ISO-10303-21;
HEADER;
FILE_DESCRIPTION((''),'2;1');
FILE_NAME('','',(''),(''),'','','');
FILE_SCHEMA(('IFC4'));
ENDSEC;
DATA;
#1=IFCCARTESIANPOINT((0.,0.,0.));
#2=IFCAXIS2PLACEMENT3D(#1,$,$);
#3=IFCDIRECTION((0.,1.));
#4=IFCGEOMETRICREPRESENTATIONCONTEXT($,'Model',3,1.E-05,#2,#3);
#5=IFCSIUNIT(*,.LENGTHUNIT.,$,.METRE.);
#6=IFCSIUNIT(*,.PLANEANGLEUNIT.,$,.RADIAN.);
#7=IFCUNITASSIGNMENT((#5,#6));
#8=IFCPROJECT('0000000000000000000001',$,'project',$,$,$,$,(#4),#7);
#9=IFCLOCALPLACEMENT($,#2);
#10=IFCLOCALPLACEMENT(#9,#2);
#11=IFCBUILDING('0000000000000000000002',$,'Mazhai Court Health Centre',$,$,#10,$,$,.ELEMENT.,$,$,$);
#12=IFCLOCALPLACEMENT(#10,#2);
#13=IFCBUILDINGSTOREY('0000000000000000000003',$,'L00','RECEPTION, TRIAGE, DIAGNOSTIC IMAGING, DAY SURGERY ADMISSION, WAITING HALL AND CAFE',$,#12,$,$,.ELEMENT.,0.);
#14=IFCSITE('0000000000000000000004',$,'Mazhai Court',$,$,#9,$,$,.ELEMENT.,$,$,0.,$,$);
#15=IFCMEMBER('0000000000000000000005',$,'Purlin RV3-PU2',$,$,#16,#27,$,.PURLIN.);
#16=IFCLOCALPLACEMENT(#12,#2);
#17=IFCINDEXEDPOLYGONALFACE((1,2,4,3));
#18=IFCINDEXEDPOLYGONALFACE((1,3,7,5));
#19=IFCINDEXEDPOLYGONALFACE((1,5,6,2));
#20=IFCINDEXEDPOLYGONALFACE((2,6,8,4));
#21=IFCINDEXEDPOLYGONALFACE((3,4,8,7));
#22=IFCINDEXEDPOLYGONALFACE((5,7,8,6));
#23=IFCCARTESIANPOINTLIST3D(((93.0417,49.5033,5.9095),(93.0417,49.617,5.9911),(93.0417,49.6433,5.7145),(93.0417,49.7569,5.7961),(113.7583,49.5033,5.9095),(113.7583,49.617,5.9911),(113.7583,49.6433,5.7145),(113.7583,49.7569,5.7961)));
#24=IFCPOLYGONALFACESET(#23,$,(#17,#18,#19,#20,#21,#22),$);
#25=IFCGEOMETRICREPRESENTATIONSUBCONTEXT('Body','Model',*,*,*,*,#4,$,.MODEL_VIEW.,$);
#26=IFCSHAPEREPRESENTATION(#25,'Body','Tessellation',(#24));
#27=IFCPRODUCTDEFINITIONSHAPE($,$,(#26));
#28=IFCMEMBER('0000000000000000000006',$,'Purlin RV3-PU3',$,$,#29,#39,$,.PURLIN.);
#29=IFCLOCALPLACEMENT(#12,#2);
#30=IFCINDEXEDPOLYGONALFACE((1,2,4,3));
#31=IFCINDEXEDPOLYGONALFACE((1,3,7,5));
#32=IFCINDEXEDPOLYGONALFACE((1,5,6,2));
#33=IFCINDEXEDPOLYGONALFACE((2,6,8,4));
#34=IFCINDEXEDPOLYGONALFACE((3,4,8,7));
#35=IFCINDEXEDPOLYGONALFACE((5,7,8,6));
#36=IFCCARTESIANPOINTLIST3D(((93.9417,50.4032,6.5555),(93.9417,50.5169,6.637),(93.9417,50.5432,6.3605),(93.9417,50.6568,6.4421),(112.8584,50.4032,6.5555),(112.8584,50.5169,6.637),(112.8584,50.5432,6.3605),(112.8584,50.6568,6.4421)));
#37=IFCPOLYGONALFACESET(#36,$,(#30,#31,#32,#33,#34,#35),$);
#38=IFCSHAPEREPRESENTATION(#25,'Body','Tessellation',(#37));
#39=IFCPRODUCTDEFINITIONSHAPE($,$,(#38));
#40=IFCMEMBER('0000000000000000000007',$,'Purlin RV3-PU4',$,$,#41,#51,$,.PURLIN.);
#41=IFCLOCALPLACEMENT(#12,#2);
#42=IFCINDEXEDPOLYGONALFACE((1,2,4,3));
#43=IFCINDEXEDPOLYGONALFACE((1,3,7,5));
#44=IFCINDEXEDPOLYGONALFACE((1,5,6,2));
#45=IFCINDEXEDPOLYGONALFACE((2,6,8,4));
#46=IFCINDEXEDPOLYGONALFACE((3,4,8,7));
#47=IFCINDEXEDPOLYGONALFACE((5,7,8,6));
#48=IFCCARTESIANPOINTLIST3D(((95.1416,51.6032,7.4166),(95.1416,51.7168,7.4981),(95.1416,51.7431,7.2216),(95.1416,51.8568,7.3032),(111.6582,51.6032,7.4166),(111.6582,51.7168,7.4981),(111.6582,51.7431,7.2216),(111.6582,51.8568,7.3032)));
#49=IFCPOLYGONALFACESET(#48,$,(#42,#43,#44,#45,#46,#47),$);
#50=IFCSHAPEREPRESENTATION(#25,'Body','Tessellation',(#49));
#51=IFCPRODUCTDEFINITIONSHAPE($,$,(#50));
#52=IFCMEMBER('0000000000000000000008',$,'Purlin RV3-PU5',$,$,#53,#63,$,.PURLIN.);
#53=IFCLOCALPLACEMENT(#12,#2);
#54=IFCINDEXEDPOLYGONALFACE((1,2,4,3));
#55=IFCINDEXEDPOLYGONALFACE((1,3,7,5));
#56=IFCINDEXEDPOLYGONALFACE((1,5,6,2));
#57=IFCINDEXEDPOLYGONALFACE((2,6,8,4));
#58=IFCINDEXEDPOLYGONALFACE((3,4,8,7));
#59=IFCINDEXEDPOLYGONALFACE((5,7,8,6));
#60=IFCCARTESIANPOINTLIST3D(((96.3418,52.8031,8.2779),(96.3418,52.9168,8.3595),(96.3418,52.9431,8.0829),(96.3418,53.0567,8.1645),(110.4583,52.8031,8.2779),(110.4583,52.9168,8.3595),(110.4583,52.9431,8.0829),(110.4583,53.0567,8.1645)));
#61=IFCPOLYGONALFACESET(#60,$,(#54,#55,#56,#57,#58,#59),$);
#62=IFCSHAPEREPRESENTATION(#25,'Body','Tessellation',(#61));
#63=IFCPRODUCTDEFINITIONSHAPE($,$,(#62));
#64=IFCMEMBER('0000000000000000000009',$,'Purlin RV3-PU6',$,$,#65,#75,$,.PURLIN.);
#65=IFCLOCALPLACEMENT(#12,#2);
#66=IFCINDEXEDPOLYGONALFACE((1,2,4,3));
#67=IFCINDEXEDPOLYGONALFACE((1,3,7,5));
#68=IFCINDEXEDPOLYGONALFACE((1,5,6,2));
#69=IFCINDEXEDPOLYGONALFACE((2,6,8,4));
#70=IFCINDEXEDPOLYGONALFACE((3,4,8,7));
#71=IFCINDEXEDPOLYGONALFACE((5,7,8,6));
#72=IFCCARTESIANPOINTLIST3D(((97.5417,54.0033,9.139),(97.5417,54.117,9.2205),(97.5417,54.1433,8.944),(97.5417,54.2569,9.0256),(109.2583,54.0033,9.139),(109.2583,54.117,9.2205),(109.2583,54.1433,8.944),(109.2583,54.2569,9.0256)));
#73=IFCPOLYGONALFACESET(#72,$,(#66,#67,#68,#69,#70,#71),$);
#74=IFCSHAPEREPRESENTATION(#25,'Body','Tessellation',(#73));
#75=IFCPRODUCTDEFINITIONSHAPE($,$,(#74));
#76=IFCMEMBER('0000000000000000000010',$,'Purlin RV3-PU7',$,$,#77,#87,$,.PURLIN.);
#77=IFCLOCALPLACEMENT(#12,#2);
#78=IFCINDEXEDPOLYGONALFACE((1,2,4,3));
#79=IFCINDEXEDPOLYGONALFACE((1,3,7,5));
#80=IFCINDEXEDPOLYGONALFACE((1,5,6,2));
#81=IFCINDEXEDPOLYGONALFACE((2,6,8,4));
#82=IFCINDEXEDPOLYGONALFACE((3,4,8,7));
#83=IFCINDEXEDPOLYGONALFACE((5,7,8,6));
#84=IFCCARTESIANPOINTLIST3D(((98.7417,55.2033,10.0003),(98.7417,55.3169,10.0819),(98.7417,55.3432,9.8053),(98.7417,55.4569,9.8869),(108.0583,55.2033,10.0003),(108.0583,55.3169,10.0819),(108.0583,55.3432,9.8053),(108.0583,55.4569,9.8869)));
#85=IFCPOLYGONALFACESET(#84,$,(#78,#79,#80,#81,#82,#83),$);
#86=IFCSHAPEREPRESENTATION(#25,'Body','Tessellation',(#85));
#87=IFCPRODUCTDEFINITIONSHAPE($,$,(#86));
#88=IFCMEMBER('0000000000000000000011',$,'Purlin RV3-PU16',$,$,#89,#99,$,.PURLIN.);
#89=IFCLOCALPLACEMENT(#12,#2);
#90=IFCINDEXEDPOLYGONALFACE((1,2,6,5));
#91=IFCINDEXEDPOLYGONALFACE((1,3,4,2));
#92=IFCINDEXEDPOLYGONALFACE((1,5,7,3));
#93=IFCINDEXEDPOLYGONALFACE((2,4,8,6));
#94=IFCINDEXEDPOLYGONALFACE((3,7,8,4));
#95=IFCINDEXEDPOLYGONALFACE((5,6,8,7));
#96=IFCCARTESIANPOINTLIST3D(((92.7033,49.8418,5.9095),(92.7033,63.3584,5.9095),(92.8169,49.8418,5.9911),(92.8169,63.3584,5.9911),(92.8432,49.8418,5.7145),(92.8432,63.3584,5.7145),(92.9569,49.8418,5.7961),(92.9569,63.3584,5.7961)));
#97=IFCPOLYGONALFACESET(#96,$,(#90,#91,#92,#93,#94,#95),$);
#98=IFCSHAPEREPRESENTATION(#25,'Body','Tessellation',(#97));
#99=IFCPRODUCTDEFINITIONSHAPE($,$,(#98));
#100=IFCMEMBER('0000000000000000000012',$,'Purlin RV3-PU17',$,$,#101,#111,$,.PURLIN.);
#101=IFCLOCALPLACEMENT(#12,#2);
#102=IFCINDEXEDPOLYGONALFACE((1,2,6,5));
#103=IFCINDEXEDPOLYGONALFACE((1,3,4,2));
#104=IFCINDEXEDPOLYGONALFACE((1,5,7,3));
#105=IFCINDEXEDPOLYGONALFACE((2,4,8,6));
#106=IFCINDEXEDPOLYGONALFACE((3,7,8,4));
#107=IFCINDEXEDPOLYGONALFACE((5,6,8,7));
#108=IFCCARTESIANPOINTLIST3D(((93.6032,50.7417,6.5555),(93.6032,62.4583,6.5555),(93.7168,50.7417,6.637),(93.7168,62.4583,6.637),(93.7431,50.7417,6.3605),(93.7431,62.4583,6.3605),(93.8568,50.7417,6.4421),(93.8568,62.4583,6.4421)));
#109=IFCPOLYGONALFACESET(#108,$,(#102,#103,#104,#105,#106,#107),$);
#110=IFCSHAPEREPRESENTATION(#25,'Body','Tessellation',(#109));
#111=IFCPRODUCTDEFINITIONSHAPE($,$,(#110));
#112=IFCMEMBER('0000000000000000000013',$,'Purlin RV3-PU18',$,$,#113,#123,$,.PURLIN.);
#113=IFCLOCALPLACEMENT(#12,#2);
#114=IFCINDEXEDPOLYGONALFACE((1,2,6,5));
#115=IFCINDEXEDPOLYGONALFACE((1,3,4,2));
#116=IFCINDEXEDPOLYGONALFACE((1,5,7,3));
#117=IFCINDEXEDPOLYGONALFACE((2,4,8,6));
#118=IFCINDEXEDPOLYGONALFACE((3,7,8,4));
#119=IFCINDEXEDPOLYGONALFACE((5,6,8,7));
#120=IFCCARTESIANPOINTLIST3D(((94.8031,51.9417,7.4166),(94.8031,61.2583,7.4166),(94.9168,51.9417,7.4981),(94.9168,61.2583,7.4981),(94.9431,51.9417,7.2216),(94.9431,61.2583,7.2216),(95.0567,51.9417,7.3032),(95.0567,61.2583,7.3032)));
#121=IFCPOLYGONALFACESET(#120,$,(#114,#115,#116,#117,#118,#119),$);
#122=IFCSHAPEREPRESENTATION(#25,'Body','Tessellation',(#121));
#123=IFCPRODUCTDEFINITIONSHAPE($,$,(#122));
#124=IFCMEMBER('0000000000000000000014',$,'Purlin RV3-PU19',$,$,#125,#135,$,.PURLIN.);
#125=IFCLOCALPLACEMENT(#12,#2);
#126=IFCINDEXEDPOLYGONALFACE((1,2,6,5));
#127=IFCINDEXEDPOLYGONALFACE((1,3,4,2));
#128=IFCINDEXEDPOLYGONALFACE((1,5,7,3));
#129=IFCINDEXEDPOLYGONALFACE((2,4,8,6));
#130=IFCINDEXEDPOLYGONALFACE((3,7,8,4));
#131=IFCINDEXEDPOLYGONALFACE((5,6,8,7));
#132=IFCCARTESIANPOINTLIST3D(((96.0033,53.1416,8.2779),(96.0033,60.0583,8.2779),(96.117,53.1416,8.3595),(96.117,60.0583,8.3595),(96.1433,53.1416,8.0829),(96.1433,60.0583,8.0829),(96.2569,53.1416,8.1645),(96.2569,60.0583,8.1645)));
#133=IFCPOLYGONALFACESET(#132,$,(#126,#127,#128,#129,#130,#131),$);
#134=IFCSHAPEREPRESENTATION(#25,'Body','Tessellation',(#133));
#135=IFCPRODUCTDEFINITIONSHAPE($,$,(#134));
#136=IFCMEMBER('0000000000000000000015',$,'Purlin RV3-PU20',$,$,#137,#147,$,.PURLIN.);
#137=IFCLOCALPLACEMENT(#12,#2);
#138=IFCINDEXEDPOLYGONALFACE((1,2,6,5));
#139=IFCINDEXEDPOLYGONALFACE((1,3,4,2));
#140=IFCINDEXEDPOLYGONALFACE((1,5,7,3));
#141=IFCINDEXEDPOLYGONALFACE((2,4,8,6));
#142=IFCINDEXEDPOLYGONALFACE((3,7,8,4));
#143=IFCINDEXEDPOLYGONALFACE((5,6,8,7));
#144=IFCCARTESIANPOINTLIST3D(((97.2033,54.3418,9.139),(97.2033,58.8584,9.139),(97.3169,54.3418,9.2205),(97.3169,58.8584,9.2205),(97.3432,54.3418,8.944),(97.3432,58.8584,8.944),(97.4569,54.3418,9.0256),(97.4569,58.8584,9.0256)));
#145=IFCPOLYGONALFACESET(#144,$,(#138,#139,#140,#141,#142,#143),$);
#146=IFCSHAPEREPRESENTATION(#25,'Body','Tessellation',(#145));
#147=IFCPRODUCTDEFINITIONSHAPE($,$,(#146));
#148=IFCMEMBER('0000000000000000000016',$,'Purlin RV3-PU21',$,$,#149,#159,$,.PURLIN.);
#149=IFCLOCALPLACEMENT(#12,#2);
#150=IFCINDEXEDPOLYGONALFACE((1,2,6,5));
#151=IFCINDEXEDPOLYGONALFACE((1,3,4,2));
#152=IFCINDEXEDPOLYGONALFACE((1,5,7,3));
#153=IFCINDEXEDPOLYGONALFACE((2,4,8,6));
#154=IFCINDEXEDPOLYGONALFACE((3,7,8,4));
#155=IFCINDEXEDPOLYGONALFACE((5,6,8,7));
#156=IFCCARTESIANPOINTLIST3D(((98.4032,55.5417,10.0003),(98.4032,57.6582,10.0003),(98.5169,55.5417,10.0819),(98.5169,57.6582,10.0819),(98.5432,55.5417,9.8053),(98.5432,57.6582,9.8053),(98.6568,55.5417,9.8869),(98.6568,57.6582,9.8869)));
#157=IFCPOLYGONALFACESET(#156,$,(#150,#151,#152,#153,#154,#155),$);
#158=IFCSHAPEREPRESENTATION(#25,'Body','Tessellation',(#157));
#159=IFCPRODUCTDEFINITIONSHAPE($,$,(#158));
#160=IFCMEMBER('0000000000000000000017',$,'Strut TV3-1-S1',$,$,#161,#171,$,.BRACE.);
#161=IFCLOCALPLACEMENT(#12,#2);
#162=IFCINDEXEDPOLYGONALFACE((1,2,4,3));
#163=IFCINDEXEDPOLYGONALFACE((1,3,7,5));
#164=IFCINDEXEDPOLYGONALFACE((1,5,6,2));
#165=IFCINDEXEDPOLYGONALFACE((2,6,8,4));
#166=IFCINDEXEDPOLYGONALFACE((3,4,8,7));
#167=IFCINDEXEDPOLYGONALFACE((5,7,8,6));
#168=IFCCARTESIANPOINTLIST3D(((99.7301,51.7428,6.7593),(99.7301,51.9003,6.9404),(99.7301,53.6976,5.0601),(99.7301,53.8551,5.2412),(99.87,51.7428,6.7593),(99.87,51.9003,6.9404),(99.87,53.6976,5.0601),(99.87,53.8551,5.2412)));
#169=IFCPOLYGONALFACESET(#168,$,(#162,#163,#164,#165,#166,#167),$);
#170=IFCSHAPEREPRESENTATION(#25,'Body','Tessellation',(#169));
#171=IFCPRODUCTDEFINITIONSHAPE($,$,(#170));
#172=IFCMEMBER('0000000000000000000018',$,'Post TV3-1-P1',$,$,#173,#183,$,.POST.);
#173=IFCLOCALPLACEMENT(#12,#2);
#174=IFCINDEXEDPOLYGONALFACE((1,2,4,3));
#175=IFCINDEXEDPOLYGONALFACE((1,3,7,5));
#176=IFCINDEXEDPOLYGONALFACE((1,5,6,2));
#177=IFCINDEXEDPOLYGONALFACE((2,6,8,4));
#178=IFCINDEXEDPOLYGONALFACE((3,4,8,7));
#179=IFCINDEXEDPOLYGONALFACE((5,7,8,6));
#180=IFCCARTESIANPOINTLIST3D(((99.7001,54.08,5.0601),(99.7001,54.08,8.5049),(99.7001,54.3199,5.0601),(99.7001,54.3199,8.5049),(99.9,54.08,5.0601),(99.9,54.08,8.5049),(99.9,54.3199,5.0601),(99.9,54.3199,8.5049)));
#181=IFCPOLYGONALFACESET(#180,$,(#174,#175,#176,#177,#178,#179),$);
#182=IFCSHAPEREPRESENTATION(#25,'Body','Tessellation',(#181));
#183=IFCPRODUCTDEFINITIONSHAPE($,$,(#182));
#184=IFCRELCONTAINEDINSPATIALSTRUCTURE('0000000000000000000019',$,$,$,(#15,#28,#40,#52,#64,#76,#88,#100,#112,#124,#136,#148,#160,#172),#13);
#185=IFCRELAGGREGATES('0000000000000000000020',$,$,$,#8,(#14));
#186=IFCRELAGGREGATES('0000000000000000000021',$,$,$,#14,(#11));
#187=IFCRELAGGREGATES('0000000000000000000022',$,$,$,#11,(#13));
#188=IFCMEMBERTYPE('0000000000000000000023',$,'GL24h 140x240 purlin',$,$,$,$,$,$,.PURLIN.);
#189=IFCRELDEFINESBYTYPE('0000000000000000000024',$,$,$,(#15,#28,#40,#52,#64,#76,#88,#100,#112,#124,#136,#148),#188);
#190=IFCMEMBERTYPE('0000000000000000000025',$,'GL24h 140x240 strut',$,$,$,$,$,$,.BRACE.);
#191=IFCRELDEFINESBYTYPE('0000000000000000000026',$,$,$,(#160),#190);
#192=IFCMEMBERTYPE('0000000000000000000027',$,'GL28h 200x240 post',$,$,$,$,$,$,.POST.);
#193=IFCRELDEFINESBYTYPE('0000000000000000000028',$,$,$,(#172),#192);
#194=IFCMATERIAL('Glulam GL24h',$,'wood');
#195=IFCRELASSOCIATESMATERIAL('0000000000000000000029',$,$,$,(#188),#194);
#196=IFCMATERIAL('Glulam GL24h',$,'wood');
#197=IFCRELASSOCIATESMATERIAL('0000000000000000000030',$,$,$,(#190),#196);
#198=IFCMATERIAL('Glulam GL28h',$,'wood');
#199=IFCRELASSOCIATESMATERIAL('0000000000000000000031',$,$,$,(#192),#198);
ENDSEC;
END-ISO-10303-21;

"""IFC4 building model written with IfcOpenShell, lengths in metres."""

from ifc_helpers import new_model, si_unit, direction, frame, origin, origin_2d, place, context, subcontext, project, spatial, rectangle, extrude, material, material_profile, profile_set, type_object, element, save


model = new_model("IFC4")

# Units and contexts
model_context = context("Model", 3, precision=1e-05, world=origin(), true_north=direction((0.0, 1.0)))
body_context = subcontext(model_context, "Body", "Model", "MODEL_VIEW")
ifc_project = project(units=[si_unit("LENGTHUNIT", "METRE"), si_unit("PLANEANGLEUNIT", "RADIAN")], contexts=[model_context])

# Site, building, storey
site_placement = place(None, origin())
site = spatial("IfcSite", under=ifc_project, at=site_placement, Name="Mazhai Court", CompositionType="ELEMENT", RefElevation=0.0)
building_placement = place(site_placement, origin())
building = spatial("IfcBuilding", under=site, at=building_placement, Name="Mazhai Court Health Centre", CompositionType="ELEMENT")
storey_placement = place(building_placement, origin())
storey = spatial("IfcBuildingStorey", under=building, at=storey_placement, Name="L00", Description="RECEPTION, TRIAGE, DIAGNOSTIC IMAGING, DAY SURGERY ADMISSION, WAITING HALL AND CAFE", CompositionType="ELEMENT", Elevation=0.0)

# Members
ifc_material_1 = material(Name="Glulam GL24h", Category="wood")
ifc_material_profile_1 = material_profile(ifc_material_1, rectangle(XDim=0.1399, YDim=0.24, at=origin_2d()), Name="GL24h 140x240")
ifc_profile_set_1 = profile_set([ifc_material_profile_1], Name="Glulam GL24h")
member_type_1 = type_object("IfcMemberType", Name="GL24h 140x240 purlin", PredefinedType="PURLIN", material=ifc_profile_set_1)
member_1_placement = place(storey_placement, frame((93.0417, 49.6301, 5.8528), z_axis=(1.0, 0.0, 0.0), x_axis=(0.0, 0.812431, 0.583057)))
element("IfcMember", 1, at=member_1_placement, inside=storey, type_object=member_type_1, Name="Purlin RV3-PU2", PredefinedType="PURLIN", context=body_context, shape_type="SweptSolid", body=[
    extrude(rectangle(XDim=0.1399, YDim=0.24, at=origin_2d()), origin(), (0.0, 0.0, 1.0), 20.7166),
])
member_2_placement = place(storey_placement, frame((93.9417, 50.53, 6.4988), z_axis=(1.0, 0.0, 0.0), x_axis=(0.0, 0.812431, 0.583057)))
element("IfcMember", 2, at=member_2_placement, inside=storey, type_object=member_type_1, Name="Purlin RV3-PU3", PredefinedType="PURLIN", context=body_context, shape_type="SweptSolid", body=[
    extrude(rectangle(XDim=0.1399, YDim=0.24, at=origin_2d()), origin(), (0.0, 0.0, 1.0), 18.9167),
])
member_3_placement = place(storey_placement, frame((95.1416, 51.73, 7.3599), z_axis=(1.0, 0.0, 0.0), x_axis=(0.0, 0.812431, 0.583057)))
element("IfcMember", 3, at=member_3_placement, inside=storey, type_object=member_type_1, Name="Purlin RV3-PU4", PredefinedType="PURLIN", context=body_context, shape_type="SweptSolid", body=[
    extrude(rectangle(XDim=0.1399, YDim=0.24, at=origin_2d()), origin(), (0.0, 0.0, 1.0), 16.5166),
])
member_4_placement = place(storey_placement, frame((96.3418, 52.9299, 8.2212), z_axis=(1.0, 0.0, 0.0), x_axis=(0.0, 0.812431, 0.583057)))
element("IfcMember", 4, at=member_4_placement, inside=storey, type_object=member_type_1, Name="Purlin RV3-PU5", PredefinedType="PURLIN", context=body_context, shape_type="SweptSolid", body=[
    extrude(rectangle(XDim=0.1399, YDim=0.24, at=origin_2d()), origin(), (0.0, 0.0, 1.0), 14.1165),
])
member_5_placement = place(storey_placement, frame((97.5417, 54.1301, 9.0823), z_axis=(1.0, 0.0, 0.0), x_axis=(0.0, 0.812431, 0.583057)))
element("IfcMember", 5, at=member_5_placement, inside=storey, type_object=member_type_1, Name="Purlin RV3-PU6", PredefinedType="PURLIN", context=body_context, shape_type="SweptSolid", body=[
    extrude(rectangle(XDim=0.1399, YDim=0.24, at=origin_2d()), origin(), (0.0, 0.0, 1.0), 11.7166),
])
member_6_placement = place(storey_placement, frame((98.7417, 55.3301, 9.9436), z_axis=(1.0, 0.0, 0.0), x_axis=(0.0, 0.812431, 0.583057)))
element("IfcMember", 6, at=member_6_placement, inside=storey, type_object=member_type_1, Name="Purlin RV3-PU7", PredefinedType="PURLIN", context=body_context, shape_type="SweptSolid", body=[
    extrude(rectangle(XDim=0.1399, YDim=0.24, at=origin_2d()), origin(), (0.0, 0.0, 1.0), 9.3167),
])
member_7_placement = place(storey_placement, frame((92.8301, 49.8418, 5.8528), z_axis=(0.0, 1.0, 0.0), x_axis=(-0.812431, 0.0, -0.583057)))
element("IfcMember", 7, at=member_7_placement, inside=storey, type_object=member_type_1, Name="Purlin RV3-PU16", PredefinedType="PURLIN", context=body_context, shape_type="SweptSolid", body=[
    extrude(rectangle(XDim=0.1399, YDim=0.24, at=origin_2d()), origin(), (0.0, 0.0, 1.0), 13.5166),
])
member_8_placement = place(storey_placement, frame((93.73, 50.7417, 6.4988), z_axis=(0.0, 1.0, 0.0), x_axis=(-0.812431, 0.0, -0.583057)))
element("IfcMember", 8, at=member_8_placement, inside=storey, type_object=member_type_1, Name="Purlin RV3-PU17", PredefinedType="PURLIN", context=body_context, shape_type="SweptSolid", body=[
    extrude(rectangle(XDim=0.1399, YDim=0.24, at=origin_2d()), origin(), (0.0, 0.0, 1.0), 11.7166),
])
member_9_placement = place(storey_placement, frame((94.9299, 51.9417, 7.3599), z_axis=(0.0, 1.0, 0.0), x_axis=(-0.812431, 0.0, -0.583057)))
element("IfcMember", 9, at=member_9_placement, inside=storey, type_object=member_type_1, Name="Purlin RV3-PU18", PredefinedType="PURLIN", context=body_context, shape_type="SweptSolid", body=[
    extrude(rectangle(XDim=0.1399, YDim=0.24, at=origin_2d()), origin(), (0.0, 0.0, 1.0), 9.3167),
])
member_10_placement = place(storey_placement, frame((96.1301, 53.1416, 8.2212), z_axis=(0.0, 1.0, 0.0), x_axis=(-0.812431, 0.0, -0.583057)))
element("IfcMember", 10, at=member_10_placement, inside=storey, type_object=member_type_1, Name="Purlin RV3-PU19", PredefinedType="PURLIN", context=body_context, shape_type="SweptSolid", body=[
    extrude(rectangle(XDim=0.1399, YDim=0.24, at=origin_2d()), origin(), (0.0, 0.0, 1.0), 6.9167),
])
member_11_placement = place(storey_placement, frame((97.3301, 54.3418, 9.0823), z_axis=(0.0, 1.0, 0.0), x_axis=(-0.812431, 0.0, -0.583057)))
element("IfcMember", 11, at=member_11_placement, inside=storey, type_object=member_type_1, Name="Purlin RV3-PU20", PredefinedType="PURLIN", context=body_context, shape_type="SweptSolid", body=[
    extrude(rectangle(XDim=0.1399, YDim=0.24, at=origin_2d()), origin(), (0.0, 0.0, 1.0), 4.5166),
])
member_12_placement = place(storey_placement, frame((98.53, 55.5417, 9.9436), z_axis=(0.0, 1.0, 0.0), x_axis=(-0.812431, 0.0, -0.583057)))
element("IfcMember", 12, at=member_12_placement, inside=storey, type_object=member_type_1, Name="Purlin RV3-PU21", PredefinedType="PURLIN", context=body_context, shape_type="SweptSolid", body=[
    extrude(rectangle(XDim=0.1399, YDim=0.24, at=origin_2d()), origin(), (0.0, 0.0, 1.0), 2.1165),
])
ifc_material_2 = material(Name="Glulam GL24h", Category="wood")
ifc_material_profile_2 = material_profile(ifc_material_2, rectangle(XDim=0.1399, YDim=0.24, at=origin_2d()), Name="GL24h 140x240")
ifc_profile_set_2 = profile_set([ifc_material_profile_2], Name="Glulam GL24h")
member_type_2 = type_object("IfcMemberType", Name="GL24h 140x240 strut", PredefinedType="BRACE", material=ifc_profile_set_2)
member_13_placement = place(storey_placement, frame((99.8, 53.7764, 5.1506), z_axis=(0.0, -0.754727, 0.656039), x_axis=(1.0, 0.0, 0.0)))
element("IfcMember", 13, at=member_13_placement, inside=storey, type_object=member_type_2, Name="Strut TV3-1-S1", PredefinedType="BRACE", context=body_context, shape_type="SweptSolid", body=[
    extrude(rectangle(XDim=0.1399, YDim=0.24, at=origin_2d()), origin(), (0.0, 0.0, 1.0), 2.5901),
])
ifc_material_3 = material(Name="Glulam GL28h", Category="wood")
ifc_material_profile_3 = material_profile(ifc_material_3, rectangle(XDim=0.2, YDim=0.24, at=origin_2d()), Name="GL28h 200x240")
ifc_profile_set_3 = profile_set([ifc_material_profile_3], Name="Glulam GL28h")
member_type_3 = type_object("IfcMemberType", Name="GL28h 200x240 post", PredefinedType="POST", material=ifc_profile_set_3)
member_14_placement = place(storey_placement, frame((99.8, 54.2, 5.0601), z_axis=(0.0, 0.0, 1.0), x_axis=(1.0, 0.0, 0.0)))
element("IfcMember", 14, at=member_14_placement, inside=storey, type_object=member_type_3, Name="Post TV3-1-P1", PredefinedType="POST", context=body_context, shape_type="SweptSolid", body=[
    extrude(rectangle(XDim=0.2, YDim=0.24, at=origin_2d()), origin(), (0.0, 0.0, 1.0), 3.4448),
])

save(model, "model.ifc")
